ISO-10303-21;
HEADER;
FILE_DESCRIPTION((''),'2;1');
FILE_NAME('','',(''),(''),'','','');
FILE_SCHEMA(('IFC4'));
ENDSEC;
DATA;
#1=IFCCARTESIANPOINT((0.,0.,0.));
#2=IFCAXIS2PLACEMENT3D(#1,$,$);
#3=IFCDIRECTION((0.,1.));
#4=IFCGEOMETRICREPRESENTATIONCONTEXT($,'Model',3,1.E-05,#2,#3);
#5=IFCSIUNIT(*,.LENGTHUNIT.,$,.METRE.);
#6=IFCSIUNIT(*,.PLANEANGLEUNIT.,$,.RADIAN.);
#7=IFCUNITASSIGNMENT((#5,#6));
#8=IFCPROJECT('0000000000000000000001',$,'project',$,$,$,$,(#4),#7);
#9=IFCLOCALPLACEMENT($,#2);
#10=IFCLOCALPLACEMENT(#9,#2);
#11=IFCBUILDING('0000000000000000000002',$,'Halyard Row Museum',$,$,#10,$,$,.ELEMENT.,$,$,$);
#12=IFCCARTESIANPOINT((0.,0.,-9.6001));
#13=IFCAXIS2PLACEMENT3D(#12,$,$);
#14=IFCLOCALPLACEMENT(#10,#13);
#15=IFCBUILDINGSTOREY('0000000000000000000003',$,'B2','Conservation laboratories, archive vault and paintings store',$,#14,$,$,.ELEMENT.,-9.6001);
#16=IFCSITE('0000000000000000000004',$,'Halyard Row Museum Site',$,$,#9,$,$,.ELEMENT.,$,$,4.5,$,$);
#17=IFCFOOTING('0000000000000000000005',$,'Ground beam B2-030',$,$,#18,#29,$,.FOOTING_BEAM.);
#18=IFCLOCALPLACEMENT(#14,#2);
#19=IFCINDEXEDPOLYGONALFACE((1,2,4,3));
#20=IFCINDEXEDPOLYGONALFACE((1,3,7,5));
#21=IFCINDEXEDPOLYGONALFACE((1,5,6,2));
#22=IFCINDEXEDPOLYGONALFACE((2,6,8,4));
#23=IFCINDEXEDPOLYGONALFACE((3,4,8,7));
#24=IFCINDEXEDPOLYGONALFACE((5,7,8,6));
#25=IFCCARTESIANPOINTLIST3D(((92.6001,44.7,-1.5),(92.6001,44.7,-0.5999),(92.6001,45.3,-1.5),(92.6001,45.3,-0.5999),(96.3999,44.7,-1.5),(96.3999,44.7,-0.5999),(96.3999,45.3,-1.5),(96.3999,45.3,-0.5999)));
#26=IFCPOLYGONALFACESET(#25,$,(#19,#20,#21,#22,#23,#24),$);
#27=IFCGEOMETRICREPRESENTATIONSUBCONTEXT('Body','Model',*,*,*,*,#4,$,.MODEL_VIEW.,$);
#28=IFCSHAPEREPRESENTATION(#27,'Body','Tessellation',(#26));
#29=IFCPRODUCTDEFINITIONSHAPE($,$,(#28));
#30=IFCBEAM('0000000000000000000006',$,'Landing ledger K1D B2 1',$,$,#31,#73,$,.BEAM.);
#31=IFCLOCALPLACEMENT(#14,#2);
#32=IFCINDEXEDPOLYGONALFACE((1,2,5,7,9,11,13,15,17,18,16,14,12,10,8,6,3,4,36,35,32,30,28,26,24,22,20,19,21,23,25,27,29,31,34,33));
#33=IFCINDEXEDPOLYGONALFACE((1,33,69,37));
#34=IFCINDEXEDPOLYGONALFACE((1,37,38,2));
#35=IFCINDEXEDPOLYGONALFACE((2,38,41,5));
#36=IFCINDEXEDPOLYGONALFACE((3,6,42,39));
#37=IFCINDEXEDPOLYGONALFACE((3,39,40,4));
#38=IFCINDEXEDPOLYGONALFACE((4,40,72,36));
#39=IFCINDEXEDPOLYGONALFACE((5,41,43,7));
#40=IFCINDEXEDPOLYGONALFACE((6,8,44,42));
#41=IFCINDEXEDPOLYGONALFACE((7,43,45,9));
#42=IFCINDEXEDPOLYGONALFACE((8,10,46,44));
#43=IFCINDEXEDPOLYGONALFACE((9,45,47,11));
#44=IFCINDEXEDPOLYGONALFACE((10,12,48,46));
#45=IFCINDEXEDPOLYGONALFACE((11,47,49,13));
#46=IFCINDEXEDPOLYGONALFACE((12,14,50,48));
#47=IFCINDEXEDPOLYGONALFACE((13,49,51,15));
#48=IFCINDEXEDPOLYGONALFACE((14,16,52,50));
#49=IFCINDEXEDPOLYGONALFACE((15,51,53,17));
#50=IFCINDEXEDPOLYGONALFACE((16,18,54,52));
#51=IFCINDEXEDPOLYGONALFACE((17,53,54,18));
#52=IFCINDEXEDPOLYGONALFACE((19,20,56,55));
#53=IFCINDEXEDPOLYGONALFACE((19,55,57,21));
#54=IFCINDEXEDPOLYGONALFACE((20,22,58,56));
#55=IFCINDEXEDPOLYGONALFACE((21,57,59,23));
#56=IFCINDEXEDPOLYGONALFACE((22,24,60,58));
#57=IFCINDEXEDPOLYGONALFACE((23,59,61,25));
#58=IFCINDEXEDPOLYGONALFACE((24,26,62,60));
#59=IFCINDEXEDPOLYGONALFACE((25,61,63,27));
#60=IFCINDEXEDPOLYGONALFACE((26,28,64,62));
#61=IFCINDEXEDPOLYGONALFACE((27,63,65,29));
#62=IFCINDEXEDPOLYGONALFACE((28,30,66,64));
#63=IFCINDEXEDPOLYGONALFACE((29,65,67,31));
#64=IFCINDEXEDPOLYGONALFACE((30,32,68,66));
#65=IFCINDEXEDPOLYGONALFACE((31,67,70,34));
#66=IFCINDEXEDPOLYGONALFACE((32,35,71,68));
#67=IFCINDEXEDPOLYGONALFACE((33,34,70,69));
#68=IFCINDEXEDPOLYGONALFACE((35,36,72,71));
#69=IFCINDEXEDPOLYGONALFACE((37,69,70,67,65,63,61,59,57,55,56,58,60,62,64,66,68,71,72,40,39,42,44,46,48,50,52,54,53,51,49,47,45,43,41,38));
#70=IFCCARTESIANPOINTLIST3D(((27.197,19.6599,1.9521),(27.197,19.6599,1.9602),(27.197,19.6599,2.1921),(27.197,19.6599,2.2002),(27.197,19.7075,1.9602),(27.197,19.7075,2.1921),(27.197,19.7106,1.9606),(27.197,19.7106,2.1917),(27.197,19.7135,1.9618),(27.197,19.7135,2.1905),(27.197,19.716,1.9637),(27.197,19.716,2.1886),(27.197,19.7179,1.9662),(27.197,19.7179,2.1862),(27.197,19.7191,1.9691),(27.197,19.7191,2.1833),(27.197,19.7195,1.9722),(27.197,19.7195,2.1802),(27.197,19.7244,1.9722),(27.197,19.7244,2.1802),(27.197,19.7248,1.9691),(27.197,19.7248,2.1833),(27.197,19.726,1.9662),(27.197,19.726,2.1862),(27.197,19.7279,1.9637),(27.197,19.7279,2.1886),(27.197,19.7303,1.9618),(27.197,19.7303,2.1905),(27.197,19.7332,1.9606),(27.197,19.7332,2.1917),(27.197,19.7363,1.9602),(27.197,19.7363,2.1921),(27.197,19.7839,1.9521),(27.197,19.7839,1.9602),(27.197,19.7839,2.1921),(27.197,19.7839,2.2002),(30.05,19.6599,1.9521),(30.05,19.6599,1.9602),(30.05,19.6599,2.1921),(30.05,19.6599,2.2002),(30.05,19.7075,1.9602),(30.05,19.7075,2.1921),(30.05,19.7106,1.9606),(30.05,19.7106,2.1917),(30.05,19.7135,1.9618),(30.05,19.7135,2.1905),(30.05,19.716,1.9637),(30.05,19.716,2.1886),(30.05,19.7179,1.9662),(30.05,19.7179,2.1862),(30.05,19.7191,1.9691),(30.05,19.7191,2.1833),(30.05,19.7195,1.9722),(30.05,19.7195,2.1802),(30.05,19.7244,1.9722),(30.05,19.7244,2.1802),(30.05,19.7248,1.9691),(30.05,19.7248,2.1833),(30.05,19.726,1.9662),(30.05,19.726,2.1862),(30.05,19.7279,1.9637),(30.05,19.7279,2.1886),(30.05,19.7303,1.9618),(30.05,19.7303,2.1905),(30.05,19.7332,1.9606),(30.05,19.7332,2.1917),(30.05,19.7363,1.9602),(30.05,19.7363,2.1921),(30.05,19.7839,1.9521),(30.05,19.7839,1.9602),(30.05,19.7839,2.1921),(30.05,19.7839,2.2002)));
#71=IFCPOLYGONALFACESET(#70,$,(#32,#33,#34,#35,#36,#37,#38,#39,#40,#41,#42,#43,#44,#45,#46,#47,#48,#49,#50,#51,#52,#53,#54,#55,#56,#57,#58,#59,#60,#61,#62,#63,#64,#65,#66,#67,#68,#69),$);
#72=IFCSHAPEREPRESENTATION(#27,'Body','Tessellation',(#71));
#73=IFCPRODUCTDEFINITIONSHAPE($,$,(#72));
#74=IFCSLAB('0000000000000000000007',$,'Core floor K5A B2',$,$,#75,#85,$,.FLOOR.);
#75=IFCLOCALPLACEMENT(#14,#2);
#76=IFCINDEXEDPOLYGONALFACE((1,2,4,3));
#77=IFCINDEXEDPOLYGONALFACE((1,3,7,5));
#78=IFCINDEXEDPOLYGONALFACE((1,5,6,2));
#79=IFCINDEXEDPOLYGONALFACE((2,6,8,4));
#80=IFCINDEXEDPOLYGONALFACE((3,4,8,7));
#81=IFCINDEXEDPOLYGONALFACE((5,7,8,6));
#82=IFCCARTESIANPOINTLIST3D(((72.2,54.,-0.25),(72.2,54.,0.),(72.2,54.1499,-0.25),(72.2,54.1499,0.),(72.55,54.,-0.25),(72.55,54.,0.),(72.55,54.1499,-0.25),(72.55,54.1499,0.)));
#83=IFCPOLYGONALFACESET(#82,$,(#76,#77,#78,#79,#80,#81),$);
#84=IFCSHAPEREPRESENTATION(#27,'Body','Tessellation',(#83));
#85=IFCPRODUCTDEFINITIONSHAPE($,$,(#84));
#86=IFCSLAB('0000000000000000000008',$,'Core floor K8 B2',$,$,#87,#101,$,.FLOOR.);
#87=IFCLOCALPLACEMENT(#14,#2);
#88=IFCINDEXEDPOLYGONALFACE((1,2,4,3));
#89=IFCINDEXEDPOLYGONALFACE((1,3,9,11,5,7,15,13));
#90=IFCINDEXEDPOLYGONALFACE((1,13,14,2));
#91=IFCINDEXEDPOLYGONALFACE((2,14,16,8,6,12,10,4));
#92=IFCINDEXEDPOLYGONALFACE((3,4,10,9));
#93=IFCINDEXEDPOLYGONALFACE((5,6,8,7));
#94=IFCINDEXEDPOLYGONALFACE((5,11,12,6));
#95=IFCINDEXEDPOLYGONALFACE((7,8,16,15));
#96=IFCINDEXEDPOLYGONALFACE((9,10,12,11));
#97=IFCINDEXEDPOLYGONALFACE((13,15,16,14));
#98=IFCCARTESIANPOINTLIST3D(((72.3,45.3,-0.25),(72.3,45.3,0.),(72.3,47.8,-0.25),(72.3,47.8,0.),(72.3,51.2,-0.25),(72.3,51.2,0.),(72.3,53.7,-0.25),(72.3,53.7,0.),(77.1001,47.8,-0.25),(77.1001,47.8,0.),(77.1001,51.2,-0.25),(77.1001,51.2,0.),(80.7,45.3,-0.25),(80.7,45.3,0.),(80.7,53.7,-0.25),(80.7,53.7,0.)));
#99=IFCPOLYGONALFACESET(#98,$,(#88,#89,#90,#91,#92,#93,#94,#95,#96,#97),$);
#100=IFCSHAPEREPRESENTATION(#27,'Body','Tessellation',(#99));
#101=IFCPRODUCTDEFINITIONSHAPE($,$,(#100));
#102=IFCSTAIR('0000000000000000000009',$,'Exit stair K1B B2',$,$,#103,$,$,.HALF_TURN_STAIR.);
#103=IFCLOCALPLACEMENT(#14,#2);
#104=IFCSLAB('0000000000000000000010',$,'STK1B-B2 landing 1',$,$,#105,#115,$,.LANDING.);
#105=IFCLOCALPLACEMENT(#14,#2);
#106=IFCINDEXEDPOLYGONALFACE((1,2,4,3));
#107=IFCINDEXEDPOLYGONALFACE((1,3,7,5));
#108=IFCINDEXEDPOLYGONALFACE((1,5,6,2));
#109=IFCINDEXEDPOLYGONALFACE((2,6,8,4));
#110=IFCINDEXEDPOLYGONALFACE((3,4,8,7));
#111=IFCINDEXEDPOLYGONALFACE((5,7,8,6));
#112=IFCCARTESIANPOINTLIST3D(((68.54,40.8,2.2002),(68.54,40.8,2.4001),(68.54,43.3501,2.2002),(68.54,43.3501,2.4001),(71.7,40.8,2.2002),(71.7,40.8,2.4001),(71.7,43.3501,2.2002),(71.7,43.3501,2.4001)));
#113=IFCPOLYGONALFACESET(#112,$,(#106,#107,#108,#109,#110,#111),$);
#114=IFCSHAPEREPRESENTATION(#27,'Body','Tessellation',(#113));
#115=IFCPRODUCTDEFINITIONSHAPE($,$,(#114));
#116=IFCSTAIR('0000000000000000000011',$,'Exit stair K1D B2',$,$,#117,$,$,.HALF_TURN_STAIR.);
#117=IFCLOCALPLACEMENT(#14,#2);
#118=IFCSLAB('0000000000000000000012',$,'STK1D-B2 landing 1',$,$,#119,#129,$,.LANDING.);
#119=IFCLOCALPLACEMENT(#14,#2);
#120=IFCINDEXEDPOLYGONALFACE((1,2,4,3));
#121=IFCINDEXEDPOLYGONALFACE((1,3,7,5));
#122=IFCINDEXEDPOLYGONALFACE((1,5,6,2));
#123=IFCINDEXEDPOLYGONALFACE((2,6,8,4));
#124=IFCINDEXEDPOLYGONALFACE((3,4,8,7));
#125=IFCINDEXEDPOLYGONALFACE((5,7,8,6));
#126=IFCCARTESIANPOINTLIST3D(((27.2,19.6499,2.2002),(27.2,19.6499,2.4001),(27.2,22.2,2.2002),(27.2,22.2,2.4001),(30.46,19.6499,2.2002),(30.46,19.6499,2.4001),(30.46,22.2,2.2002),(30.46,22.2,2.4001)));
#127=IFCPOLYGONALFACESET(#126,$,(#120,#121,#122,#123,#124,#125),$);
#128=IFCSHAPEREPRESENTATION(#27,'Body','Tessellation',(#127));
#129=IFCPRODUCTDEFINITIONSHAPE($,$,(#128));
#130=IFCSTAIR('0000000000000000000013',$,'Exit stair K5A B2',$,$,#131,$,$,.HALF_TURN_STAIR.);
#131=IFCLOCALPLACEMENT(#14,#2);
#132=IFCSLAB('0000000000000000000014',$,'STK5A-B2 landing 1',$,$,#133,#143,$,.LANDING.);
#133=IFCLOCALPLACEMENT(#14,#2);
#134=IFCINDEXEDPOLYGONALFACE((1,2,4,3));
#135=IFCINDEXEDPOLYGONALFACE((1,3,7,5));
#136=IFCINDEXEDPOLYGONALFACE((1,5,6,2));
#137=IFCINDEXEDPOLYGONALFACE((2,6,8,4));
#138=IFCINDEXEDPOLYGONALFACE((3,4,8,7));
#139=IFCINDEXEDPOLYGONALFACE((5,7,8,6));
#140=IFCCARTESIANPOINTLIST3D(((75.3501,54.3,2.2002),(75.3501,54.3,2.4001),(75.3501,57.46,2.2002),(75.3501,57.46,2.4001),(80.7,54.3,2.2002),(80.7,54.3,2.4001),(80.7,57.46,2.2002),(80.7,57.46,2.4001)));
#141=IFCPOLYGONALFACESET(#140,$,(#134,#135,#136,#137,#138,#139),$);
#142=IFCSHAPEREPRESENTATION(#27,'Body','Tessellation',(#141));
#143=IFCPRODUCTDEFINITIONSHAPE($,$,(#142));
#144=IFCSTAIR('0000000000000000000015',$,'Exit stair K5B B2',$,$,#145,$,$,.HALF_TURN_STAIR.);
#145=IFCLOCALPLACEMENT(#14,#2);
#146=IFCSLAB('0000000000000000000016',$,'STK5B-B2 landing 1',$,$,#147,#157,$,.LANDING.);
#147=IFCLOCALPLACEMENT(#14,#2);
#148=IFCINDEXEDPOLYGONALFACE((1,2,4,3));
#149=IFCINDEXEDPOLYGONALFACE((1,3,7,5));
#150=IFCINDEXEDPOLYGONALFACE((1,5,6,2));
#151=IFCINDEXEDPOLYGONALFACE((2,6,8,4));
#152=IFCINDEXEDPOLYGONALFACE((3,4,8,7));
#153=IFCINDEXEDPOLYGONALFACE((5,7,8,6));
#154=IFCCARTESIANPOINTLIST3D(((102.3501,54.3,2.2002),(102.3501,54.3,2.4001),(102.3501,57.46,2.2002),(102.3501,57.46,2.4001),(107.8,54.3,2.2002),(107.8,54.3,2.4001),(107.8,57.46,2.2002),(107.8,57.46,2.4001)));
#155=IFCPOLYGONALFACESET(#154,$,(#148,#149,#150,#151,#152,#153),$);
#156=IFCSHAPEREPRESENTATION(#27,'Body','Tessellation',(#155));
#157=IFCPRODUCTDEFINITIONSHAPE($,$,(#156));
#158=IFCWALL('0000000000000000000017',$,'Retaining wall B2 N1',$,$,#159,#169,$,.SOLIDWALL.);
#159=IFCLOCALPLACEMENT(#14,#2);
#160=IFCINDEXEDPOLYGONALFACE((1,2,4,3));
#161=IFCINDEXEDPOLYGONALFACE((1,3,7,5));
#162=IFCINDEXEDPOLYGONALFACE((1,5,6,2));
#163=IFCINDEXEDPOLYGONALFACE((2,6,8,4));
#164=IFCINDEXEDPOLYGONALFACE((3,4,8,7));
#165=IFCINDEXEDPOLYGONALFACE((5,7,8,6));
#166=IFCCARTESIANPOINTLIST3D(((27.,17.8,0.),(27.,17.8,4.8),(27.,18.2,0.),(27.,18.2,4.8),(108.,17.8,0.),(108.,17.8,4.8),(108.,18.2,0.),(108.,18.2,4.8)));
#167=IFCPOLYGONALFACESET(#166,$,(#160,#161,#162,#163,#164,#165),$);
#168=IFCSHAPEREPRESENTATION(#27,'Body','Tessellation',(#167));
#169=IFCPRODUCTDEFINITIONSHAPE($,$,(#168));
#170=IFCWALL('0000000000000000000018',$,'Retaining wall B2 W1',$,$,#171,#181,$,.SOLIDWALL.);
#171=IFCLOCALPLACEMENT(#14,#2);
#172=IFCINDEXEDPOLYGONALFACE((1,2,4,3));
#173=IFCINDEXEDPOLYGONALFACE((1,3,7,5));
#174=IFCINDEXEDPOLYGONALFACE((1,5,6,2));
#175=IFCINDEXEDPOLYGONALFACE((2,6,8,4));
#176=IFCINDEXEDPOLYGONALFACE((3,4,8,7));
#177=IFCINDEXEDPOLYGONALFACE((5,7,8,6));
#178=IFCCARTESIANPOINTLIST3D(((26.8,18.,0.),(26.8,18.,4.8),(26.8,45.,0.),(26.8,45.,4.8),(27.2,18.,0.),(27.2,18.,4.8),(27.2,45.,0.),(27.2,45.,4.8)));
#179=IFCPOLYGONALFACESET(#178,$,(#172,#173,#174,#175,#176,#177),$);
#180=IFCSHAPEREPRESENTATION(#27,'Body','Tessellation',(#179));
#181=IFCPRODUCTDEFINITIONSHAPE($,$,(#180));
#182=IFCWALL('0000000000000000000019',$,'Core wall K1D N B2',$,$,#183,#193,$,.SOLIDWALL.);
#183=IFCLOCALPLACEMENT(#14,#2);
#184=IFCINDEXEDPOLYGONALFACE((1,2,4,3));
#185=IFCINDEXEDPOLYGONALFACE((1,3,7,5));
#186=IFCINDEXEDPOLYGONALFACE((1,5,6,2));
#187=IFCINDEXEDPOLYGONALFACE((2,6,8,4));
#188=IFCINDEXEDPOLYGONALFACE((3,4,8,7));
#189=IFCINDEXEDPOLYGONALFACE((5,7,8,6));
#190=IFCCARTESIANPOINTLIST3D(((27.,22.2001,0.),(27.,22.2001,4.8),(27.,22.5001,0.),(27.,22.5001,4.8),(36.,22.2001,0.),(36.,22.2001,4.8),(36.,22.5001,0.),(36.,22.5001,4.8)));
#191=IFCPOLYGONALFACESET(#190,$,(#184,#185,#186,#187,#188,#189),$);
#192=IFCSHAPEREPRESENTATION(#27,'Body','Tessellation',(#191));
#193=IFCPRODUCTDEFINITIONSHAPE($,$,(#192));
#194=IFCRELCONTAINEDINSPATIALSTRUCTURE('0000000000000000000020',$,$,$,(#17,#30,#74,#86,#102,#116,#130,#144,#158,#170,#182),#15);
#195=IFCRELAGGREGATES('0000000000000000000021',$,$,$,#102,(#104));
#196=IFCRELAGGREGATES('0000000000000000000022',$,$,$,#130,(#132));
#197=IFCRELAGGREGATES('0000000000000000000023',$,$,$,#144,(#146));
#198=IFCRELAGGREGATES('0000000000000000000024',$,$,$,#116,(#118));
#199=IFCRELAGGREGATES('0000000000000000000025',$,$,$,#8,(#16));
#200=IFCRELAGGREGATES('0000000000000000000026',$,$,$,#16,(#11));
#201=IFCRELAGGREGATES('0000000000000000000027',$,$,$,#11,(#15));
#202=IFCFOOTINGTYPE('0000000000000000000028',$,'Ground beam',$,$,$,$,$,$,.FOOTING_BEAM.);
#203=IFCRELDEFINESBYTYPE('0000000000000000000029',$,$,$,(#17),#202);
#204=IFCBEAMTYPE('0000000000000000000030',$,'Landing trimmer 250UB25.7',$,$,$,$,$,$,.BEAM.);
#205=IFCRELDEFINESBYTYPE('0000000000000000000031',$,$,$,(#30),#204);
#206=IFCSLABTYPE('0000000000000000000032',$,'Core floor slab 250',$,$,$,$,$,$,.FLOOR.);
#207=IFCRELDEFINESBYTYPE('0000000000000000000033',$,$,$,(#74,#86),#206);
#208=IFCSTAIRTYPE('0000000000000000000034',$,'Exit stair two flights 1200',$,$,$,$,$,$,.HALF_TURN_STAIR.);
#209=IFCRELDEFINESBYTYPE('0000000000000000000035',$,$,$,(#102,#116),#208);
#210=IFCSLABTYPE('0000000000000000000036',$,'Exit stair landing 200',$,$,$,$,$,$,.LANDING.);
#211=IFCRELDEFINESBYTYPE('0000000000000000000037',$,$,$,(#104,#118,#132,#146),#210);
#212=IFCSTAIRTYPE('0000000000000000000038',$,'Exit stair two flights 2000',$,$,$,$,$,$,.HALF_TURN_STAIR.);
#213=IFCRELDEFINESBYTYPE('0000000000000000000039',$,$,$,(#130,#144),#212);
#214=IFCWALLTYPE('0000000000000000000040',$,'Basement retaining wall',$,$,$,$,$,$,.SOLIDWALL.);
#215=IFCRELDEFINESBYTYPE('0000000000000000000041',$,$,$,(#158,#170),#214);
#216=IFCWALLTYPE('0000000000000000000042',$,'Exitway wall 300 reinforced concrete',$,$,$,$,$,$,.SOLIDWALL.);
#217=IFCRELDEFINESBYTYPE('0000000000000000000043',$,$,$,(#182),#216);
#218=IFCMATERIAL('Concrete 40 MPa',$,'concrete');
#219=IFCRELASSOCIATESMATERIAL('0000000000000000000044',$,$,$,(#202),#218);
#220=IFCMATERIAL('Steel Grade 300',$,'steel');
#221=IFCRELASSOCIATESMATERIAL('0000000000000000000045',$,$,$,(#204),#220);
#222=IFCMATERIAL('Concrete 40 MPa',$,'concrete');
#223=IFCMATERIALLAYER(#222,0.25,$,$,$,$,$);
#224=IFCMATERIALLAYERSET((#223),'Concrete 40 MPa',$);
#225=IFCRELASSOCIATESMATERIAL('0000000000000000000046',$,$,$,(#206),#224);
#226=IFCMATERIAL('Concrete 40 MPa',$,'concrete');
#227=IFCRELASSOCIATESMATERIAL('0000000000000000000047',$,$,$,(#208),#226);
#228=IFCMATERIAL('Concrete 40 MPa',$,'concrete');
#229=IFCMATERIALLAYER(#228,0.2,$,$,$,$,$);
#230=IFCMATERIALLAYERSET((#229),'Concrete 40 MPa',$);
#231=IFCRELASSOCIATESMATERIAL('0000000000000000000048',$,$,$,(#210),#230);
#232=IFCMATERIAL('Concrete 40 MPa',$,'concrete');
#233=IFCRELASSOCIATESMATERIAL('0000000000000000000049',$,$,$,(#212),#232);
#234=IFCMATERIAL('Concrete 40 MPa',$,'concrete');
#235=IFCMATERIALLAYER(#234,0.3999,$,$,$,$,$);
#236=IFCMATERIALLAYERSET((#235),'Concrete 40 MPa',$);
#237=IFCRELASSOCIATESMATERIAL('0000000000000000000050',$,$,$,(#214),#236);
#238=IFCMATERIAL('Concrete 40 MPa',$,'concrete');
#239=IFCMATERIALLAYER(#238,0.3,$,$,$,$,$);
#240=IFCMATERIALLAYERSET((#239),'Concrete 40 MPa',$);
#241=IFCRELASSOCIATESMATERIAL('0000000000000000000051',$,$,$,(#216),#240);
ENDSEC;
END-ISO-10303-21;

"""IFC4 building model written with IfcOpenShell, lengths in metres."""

from ifc_helpers import new_model, si_unit, direction, frame, frame_2d, origin, origin_2d, place, context, subcontext, project, spatial, polyline, rectangle, i_section, outline, extrude, material, layer, layer_set, material_profile, profile_set, type_object, element, aggregate, save


model = new_model("IFC4")

# Units and contexts
model_context = context("Model", 3, precision=1e-05, world=origin(), true_north=direction((0.0, 1.0)))
body_context = subcontext(model_context, "Body", "Model", "MODEL_VIEW")
ifc_project = project(units=[si_unit("LENGTHUNIT", "METRE"), si_unit("PLANEANGLEUNIT", "RADIAN")], contexts=[model_context])

# Site, building, storey
site_placement = place(None, origin())
site = spatial("IfcSite", under=ifc_project, at=site_placement, Name="Halyard Row Museum Site", CompositionType="ELEMENT", RefElevation=4.5)
building_placement = place(site_placement, origin())
building = spatial("IfcBuilding", under=site, at=building_placement, Name="Halyard Row Museum", CompositionType="ELEMENT")
storey_placement = place(building_placement, frame((0.0, 0.0, -9.6001)))
storey = spatial("IfcBuildingStorey", under=building, at=storey_placement, Name="B2", Description="Conservation laboratories, archive vault and paintings store", CompositionType="ELEMENT", Elevation=-9.6001)

# Footing
ifc_material_1 = material(Name="Concrete 40 MPa", Category="concrete")
footing_type = type_object("IfcFootingType", Name="Ground beam", PredefinedType="FOOTING_BEAM", material=ifc_material_1)
footing_1_placement = place(storey_placement, frame((0.0, 0.0, -1.5)))
element("IfcFooting", 1, at=footing_1_placement, inside=storey, type_object=footing_type, Name="Ground beam B2-030", PredefinedType="FOOTING_BEAM", context=body_context, shape_type="SweptSolid", body=[
    extrude(outline(polyline([(92.6001, 44.7), (96.3999, 44.7), (96.3999, 45.3), (92.6001, 45.3), (92.6001, 44.7)])), origin(), (0.0, 0.0, 1.0), 0.9001),
])

# Beam
ifc_material_2 = material(Name="Steel Grade 300", Category="steel")
ifc_material_profile_1 = material_profile(ifc_material_2, i_section(OverallWidth=0.124, OverallDepth=0.248, WebThickness=0.0049, FlangeThickness=0.0081, FilletRadius=0.012, at=origin_2d()), Name="250UB25.7")
ifc_profile_set_1 = profile_set([ifc_material_profile_1], Name="Steel Grade 300")
beam_type = type_object("IfcBeamType", Name="Landing trimmer 250UB25.7", PredefinedType="BEAM", material=ifc_profile_set_1)
beam_placement = place(storey_placement, frame((27.197, 19.7219, 2.0762), z_axis=(1.0, 0.0, 0.0), x_axis=(0.0, 1.0, 0.0)))
element("IfcBeam", 2, at=beam_placement, inside=storey, type_object=beam_type, Name="Landing ledger K1D B2 1", PredefinedType="BEAM", context=body_context, shape_type="SweptSolid", body=[
    extrude(i_section(OverallWidth=0.124, OverallDepth=0.248, WebThickness=0.0049, FlangeThickness=0.0081, FilletRadius=0.012, at=origin_2d()), origin(), (0.0, 0.0, 1.0), 2.853),
])

# Slabs
ifc_material_3 = material(Name="Concrete 40 MPa", Category="concrete")
ifc_layer_1 = layer(ifc_material_3, 0.25)
ifc_layer_set_1 = layer_set([ifc_layer_1], Name="Concrete 40 MPa")
slab_type_1 = type_object("IfcSlabType", Name="Core floor slab 250", PredefinedType="FLOOR", material=ifc_layer_set_1)
slab_1_placement = place(storey_placement, frame((0.0, 0.0, -0.25)))
element("IfcSlab", 3, at=slab_1_placement, inside=storey, type_object=slab_type_1, Name="Core floor K5A B2", PredefinedType="FLOOR", context=body_context, shape_type="SweptSolid", body=[
    extrude(outline(polyline([(72.55, 54.0), (72.55, 54.1499), (72.2, 54.1499), (72.2, 54.0), (72.55, 54.0)])), origin(), (0.0, 0.0, 1.0), 0.25),
])
slab_2_placement = place(storey_placement, frame((0.0, 0.0, -0.25)))
element("IfcSlab", 4, at=slab_2_placement, inside=storey, type_object=slab_type_1, Name="Core floor K8 B2", PredefinedType="FLOOR", context=body_context, shape_type="SweptSolid", body=[
    extrude(outline(polyline([(80.7, 53.7), (72.3, 53.7), (72.3, 51.2), (77.1001, 51.2), (77.1001, 47.8), (72.3, 47.8), (72.3, 45.3), (80.7, 45.3), (80.7, 53.7)])), origin(), (0.0, 0.0, 1.0), 0.25),
])

# Stairs, slabs
ifc_material_4 = material(Name="Concrete 40 MPa", Category="concrete")
stair_type_1 = type_object("IfcStairType", Name="Exit stair two flights 1200", PredefinedType="HALF_TURN_STAIR", material=ifc_material_4)
stair_1_placement = place(storey_placement, origin())
stair_1 = element("IfcStair", 5, at=stair_1_placement, inside=storey, type_object=stair_type_1, Name="Exit stair K1B B2", PredefinedType="HALF_TURN_STAIR")
ifc_material_5 = material(Name="Concrete 40 MPa", Category="concrete")
ifc_layer_2 = layer(ifc_material_5, 0.2)
ifc_layer_set_2 = layer_set([ifc_layer_2], Name="Concrete 40 MPa")
slab_type_2 = type_object("IfcSlabType", Name="Exit stair landing 200", PredefinedType="LANDING", material=ifc_layer_set_2)
slab_3_placement = place(storey_placement, frame((0.0, 0.0, 2.2002)))
slab_3 = element("IfcSlab", 6, at=slab_3_placement, type_object=slab_type_2, Name="STK1B-B2 landing 1", PredefinedType="LANDING", context=body_context, shape_type="SweptSolid", body=[
    extrude(outline(polyline([(68.54, 43.3501), (68.54, 40.8), (71.7, 40.8), (71.7, 43.3501), (68.54, 43.3501)])), origin(), (0.0, 0.0, 1.0), 0.2),
])
aggregate(stair_1, [slab_3])
stair_2_placement = place(storey_placement, origin())
stair_2 = element("IfcStair", 7, at=stair_2_placement, inside=storey, type_object=stair_type_1, Name="Exit stair K1D B2", PredefinedType="HALF_TURN_STAIR")
slab_4_placement = place(storey_placement, frame((0.0, 0.0, 2.2002)))
slab_4 = element("IfcSlab", 8, at=slab_4_placement, type_object=slab_type_2, Name="STK1D-B2 landing 1", PredefinedType="LANDING", context=body_context, shape_type="SweptSolid", body=[
    extrude(outline(polyline([(27.2, 19.6499), (27.2, 22.2), (30.46, 22.2), (30.46, 19.6499), (27.2, 19.6499)])), origin(), (0.0, 0.0, 1.0), 0.2),
])
ifc_material_6 = material(Name="Concrete 40 MPa", Category="concrete")
stair_type_2 = type_object("IfcStairType", Name="Exit stair two flights 2000", PredefinedType="HALF_TURN_STAIR", material=ifc_material_6)
stair_3_placement = place(storey_placement, origin())
stair_3 = element("IfcStair", 9, at=stair_3_placement, inside=storey, type_object=stair_type_2, Name="Exit stair K5A B2", PredefinedType="HALF_TURN_STAIR")
slab_5_placement = place(storey_placement, frame((0.0, 0.0, 2.2002)))
slab_5 = element("IfcSlab", 10, at=slab_5_placement, type_object=slab_type_2, Name="STK5A-B2 landing 1", PredefinedType="LANDING", context=body_context, shape_type="SweptSolid", body=[
    extrude(outline(polyline([(80.7, 57.46), (75.3501, 57.46), (75.3501, 54.3), (80.7, 54.3), (80.7, 57.46)])), origin(), (0.0, 0.0, 1.0), 0.2),
])
aggregate(stair_3, [slab_5])
stair_4_placement = place(storey_placement, origin())
stair_4 = element("IfcStair", 11, at=stair_4_placement, inside=storey, type_object=stair_type_2, Name="Exit stair K5B B2", PredefinedType="HALF_TURN_STAIR")
slab_6_placement = place(storey_placement, frame((0.0, 0.0, 2.2002)))
slab_6 = element("IfcSlab", 12, at=slab_6_placement, type_object=slab_type_2, Name="STK5B-B2 landing 1", PredefinedType="LANDING", context=body_context, shape_type="SweptSolid", body=[
    extrude(outline(polyline([(102.3501, 54.3), (102.3501, 57.46), (107.8, 57.46), (107.8, 54.3), (102.3501, 54.3)])), origin(), (0.0, 0.0, 1.0), 0.2),
])
aggregate(stair_4, [slab_6])

# Walls
ifc_material_7 = material(Name="Concrete 40 MPa", Category="concrete")
ifc_layer_3 = layer(ifc_material_7, 0.3999)
ifc_layer_set_3 = layer_set([ifc_layer_3], Name="Concrete 40 MPa")
wall_type_1 = type_object("IfcWallType", Name="Basement retaining wall", PredefinedType="SOLIDWALL", material=ifc_layer_set_3)
wall_1_placement = place(storey_placement, frame((27.0, 18.0, 0.0), z_axis=(0.0, 0.0, 1.0), x_axis=(1.0, 0.0, 0.0)))
element("IfcWall", 13, at=wall_1_placement, inside=storey, type_object=wall_type_1, Name="Retaining wall B2 N1", PredefinedType="SOLIDWALL", context=body_context, shape_type="SweptSolid", body=[
    extrude(rectangle(XDim=81.0, YDim=0.3999, at=frame_2d((40.5, 0.0))), origin(), (0.0, 0.0, 1.0), 4.8),
])
wall_2_placement = place(storey_placement, frame((27.0, 18.0, 0.0), z_axis=(0.0, 0.0, 1.0), x_axis=(0.0, 1.0, 0.0)))
element("IfcWall", 14, at=wall_2_placement, inside=storey, type_object=wall_type_1, Name="Retaining wall B2 W1", PredefinedType="SOLIDWALL", context=body_context, shape_type="SweptSolid", body=[
    extrude(rectangle(XDim=27.0, YDim=0.3999, at=frame_2d((13.5, 0.0))), origin(), (0.0, 0.0, 1.0), 4.8),
])
ifc_material_8 = material(Name="Concrete 40 MPa", Category="concrete")
ifc_layer_4 = layer(ifc_material_8, 0.3)
ifc_layer_set_4 = layer_set([ifc_layer_4], Name="Concrete 40 MPa")
wall_type_2 = type_object("IfcWallType", Name="Exitway wall 300 reinforced concrete", PredefinedType="SOLIDWALL", material=ifc_layer_set_4)
wall_3_placement = place(storey_placement, frame((27.0, 22.3501, 0.0), z_axis=(0.0, 0.0, 1.0), x_axis=(1.0, 0.0, 0.0)))
element("IfcWall", 15, at=wall_3_placement, inside=storey, type_object=wall_type_2, Name="Core wall K1D N B2", PredefinedType="SOLIDWALL", context=body_context, shape_type="SweptSolid", body=[
    extrude(rectangle(XDim=9.0, YDim=0.3, at=frame_2d((4.5, 0.0))), origin(), (0.0, 0.0, 1.0), 4.8),
])

aggregate(stair_2, [slab_4])

save(model, "model.ifc")
